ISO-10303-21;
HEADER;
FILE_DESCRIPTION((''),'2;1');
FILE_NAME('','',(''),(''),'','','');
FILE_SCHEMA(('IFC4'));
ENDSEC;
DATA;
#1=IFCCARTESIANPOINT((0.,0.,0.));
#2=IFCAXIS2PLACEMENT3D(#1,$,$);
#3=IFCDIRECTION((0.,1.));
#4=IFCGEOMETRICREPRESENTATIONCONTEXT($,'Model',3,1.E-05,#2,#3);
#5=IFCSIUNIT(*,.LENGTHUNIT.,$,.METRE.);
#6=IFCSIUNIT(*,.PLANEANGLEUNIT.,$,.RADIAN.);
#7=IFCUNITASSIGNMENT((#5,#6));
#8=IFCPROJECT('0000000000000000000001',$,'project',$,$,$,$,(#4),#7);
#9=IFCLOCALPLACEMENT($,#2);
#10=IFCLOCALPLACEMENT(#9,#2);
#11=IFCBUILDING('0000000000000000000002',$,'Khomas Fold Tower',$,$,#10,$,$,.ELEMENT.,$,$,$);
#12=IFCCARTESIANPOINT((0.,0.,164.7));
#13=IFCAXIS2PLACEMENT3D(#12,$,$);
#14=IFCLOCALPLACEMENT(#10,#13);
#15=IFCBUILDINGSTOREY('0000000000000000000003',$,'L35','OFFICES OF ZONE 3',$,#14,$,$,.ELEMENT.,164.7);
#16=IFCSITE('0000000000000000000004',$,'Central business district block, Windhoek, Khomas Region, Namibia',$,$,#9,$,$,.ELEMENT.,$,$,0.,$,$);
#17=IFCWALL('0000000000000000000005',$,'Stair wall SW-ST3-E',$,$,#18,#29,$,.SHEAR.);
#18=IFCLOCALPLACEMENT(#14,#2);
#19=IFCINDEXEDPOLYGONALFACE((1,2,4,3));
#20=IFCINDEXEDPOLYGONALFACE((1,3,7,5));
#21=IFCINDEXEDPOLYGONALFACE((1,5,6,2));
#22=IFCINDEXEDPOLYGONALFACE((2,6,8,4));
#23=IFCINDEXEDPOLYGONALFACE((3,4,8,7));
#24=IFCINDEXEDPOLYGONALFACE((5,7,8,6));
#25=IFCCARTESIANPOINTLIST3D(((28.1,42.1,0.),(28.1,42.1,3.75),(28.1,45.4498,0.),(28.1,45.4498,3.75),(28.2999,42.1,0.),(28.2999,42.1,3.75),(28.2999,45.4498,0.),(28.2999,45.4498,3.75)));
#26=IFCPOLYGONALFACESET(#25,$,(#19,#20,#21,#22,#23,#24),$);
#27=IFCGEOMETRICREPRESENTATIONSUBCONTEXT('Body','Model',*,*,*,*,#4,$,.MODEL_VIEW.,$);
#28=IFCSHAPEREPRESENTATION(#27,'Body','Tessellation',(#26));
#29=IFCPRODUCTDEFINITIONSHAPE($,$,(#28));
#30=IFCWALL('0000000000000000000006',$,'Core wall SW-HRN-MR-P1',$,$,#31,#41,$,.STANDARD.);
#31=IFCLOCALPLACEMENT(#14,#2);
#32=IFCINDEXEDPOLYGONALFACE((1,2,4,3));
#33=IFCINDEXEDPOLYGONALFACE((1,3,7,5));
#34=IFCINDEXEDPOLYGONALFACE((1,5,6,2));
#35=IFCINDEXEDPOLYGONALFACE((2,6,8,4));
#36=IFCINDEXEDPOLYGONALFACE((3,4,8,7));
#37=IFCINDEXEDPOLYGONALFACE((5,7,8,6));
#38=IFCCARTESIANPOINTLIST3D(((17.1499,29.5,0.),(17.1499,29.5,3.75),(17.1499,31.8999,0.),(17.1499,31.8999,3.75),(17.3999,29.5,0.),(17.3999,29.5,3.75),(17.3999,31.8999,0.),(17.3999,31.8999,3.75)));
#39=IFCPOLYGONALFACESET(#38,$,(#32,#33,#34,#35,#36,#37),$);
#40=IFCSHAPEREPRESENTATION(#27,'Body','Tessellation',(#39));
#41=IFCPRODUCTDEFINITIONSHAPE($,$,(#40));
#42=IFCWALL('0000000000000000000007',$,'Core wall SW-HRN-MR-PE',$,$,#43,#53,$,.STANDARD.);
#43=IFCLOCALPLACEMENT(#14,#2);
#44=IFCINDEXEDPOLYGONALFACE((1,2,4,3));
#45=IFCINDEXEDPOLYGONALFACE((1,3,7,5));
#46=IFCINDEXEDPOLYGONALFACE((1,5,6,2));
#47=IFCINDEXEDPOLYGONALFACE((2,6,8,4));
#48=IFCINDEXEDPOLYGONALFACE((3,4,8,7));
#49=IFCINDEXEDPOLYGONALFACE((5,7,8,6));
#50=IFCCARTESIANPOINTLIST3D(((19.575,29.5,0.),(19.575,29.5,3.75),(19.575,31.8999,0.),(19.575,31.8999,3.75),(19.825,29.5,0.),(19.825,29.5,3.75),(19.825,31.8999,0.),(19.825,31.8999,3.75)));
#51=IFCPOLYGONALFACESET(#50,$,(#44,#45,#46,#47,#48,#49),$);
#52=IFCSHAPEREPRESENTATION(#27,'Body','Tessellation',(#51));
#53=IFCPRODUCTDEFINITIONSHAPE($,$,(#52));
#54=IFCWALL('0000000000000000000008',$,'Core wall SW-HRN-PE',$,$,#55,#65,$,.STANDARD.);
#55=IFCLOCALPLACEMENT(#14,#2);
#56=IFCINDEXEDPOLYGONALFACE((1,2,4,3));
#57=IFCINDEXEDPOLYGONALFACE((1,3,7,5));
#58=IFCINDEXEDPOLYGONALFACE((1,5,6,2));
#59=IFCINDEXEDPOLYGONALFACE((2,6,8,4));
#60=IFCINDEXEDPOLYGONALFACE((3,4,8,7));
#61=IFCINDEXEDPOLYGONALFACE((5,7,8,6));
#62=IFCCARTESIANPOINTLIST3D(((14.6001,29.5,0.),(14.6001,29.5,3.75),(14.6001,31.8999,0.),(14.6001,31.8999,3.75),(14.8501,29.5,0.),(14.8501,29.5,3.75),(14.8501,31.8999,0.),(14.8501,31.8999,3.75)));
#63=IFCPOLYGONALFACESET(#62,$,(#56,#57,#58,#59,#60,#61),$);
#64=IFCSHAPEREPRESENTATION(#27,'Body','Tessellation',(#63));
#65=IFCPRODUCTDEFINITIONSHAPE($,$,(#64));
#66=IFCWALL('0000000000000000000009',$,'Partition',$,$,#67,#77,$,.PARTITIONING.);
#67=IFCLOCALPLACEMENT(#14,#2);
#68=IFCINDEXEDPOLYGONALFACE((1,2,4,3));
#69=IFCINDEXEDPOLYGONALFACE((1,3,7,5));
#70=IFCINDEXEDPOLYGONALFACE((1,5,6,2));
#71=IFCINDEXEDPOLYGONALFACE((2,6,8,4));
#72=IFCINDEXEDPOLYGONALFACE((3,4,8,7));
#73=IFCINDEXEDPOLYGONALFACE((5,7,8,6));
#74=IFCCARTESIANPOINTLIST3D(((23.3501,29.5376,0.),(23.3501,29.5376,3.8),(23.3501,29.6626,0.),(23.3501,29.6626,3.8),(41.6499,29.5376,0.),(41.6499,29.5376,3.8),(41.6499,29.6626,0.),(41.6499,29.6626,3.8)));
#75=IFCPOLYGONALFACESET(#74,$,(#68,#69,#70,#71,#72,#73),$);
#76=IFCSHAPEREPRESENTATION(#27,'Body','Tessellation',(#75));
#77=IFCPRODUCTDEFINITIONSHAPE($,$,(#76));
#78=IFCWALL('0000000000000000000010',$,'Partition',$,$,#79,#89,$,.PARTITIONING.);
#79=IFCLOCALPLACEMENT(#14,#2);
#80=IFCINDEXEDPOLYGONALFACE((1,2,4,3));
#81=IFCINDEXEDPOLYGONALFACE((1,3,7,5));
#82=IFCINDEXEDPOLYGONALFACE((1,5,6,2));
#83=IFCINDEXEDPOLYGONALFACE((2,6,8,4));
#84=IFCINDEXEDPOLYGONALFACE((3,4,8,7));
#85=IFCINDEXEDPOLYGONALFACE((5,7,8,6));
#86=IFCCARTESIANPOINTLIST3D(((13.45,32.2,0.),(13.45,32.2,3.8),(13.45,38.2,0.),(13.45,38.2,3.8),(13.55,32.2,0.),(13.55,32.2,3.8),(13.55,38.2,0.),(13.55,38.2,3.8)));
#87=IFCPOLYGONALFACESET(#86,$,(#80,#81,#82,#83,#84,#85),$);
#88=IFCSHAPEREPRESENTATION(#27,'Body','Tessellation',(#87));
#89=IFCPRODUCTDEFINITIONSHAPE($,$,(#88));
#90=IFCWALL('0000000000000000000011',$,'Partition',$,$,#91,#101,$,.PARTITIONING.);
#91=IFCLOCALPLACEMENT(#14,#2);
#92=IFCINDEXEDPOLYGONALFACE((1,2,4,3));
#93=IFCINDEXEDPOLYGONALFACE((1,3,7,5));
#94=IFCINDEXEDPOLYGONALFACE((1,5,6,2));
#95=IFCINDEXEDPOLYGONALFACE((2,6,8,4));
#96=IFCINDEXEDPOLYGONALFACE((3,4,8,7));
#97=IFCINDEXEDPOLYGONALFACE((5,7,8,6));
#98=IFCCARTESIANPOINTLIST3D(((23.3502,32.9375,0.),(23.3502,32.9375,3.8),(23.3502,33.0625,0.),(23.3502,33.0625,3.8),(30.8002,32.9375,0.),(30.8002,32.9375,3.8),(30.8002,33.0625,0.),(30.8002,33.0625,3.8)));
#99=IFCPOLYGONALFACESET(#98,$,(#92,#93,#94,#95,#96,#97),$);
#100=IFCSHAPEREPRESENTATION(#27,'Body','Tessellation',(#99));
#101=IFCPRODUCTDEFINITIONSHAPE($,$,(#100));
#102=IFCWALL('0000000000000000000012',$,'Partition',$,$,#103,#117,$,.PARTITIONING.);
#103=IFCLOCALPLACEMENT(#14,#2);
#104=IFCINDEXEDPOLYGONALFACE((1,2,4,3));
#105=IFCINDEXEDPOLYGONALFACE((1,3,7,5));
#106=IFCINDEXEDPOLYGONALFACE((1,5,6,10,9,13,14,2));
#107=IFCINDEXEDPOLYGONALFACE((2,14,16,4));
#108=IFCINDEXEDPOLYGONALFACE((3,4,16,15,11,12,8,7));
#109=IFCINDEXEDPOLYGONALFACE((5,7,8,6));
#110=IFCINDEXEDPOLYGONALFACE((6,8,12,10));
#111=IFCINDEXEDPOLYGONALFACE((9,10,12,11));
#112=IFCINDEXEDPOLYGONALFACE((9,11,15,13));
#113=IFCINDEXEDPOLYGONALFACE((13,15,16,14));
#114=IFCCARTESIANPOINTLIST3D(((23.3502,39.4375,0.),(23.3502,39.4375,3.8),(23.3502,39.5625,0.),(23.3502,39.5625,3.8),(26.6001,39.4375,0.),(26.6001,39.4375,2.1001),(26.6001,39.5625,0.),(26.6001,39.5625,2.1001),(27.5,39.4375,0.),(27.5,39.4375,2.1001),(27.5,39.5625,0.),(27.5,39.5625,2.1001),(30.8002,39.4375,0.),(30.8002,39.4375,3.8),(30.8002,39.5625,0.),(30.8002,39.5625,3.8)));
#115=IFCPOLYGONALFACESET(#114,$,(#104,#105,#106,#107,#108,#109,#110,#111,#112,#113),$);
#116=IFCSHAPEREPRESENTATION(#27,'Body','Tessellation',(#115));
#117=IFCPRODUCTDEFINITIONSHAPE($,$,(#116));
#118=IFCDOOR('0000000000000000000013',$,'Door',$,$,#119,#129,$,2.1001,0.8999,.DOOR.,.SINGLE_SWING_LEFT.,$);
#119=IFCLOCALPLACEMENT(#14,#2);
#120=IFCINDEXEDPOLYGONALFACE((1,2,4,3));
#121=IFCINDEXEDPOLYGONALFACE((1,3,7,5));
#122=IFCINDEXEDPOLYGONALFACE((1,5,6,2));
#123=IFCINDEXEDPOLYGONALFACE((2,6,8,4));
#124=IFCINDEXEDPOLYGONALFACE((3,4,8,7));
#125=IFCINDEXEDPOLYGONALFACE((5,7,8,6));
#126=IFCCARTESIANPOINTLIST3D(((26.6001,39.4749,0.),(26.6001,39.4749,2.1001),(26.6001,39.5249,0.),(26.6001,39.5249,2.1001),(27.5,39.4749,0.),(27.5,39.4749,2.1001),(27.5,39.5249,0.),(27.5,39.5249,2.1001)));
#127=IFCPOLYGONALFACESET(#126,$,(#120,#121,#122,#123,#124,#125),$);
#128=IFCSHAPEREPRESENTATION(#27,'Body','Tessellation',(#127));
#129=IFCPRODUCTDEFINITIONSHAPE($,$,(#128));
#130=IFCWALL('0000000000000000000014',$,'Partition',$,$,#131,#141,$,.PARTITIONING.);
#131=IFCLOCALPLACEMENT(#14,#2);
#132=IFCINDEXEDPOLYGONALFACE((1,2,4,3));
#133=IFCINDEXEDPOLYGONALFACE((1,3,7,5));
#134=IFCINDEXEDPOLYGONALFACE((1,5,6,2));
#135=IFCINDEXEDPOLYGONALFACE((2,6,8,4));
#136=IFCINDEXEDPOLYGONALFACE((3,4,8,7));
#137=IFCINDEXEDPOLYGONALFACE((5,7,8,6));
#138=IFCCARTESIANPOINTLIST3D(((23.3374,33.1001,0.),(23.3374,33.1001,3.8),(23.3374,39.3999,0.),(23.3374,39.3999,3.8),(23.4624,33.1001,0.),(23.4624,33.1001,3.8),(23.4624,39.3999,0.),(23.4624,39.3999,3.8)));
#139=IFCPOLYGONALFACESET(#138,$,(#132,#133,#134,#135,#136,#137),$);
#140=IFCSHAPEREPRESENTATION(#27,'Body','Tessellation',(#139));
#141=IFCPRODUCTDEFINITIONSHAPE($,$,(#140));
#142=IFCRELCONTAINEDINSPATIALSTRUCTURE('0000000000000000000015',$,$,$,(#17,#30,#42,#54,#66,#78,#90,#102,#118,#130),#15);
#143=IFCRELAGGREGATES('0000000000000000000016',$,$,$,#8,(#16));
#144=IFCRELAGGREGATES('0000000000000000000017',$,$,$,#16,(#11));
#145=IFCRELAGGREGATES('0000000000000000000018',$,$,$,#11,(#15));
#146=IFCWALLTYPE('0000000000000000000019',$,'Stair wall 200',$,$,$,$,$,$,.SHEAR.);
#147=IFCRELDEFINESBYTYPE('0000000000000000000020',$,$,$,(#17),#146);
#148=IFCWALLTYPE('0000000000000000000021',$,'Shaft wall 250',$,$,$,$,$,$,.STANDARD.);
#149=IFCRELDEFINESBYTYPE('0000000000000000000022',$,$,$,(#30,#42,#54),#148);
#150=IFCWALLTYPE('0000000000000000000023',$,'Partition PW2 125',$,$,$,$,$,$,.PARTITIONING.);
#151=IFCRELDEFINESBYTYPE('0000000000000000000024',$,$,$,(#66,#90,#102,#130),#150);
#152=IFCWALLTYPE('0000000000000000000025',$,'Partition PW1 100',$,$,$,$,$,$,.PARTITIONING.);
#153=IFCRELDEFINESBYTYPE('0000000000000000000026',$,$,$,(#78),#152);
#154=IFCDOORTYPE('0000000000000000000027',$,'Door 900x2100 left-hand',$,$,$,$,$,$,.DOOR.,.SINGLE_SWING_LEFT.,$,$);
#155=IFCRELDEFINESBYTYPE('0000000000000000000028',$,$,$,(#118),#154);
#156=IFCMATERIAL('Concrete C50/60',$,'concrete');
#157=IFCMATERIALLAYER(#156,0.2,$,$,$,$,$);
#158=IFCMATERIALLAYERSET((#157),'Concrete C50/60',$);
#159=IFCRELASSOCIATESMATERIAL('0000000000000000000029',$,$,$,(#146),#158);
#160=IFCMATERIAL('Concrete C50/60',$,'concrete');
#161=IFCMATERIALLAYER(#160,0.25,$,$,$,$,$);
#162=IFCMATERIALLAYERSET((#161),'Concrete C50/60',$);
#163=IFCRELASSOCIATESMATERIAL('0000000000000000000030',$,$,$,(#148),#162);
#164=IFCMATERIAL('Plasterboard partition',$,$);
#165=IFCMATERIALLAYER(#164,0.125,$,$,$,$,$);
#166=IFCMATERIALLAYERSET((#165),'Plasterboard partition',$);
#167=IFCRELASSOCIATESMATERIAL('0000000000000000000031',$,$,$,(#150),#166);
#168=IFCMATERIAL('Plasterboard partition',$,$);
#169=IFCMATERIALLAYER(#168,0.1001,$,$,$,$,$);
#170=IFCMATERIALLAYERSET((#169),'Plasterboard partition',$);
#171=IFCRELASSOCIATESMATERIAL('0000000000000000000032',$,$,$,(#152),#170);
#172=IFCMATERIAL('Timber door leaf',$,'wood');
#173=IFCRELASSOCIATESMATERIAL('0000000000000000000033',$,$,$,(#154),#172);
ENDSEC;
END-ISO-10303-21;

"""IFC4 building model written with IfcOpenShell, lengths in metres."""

from ifc_helpers import new_model, si_unit, direction, frame, frame_2d, origin, place, context, subcontext, project, spatial, rectangle, extrude, source, transform, mapped, material, layer, layer_set, type_object, element, fill, save


model = new_model("IFC4")

# Units and contexts
model_context = context("Model", 3, precision=1e-05, world=origin(), true_north=direction((0.0, 1.0)))
body_context = subcontext(model_context, "Body", "Model", "MODEL_VIEW")
ifc_project = project(units=[si_unit("LENGTHUNIT", "METRE"), si_unit("PLANEANGLEUNIT", "RADIAN")], contexts=[model_context])

# Site, building, storey
site_placement = place(None, origin())
site = spatial("IfcSite", under=ifc_project, at=site_placement, Name="Central business district block, Windhoek, Khomas Region, Namibia", CompositionType="ELEMENT", RefElevation=0.0)
building_placement = place(site_placement, origin())
building = spatial("IfcBuilding", under=site, at=building_placement, Name="Khomas Fold Tower", CompositionType="ELEMENT")
storey_placement = place(building_placement, frame((0.0, 0.0, 164.7)))
storey = spatial("IfcBuildingStorey", under=building, at=storey_placement, Name="L35", Description="OFFICES OF ZONE 3", CompositionType="ELEMENT", Elevation=164.7)

# Walls
ifc_material_1 = material(Name="Concrete C50/60", Category="concrete")
ifc_layer_1 = layer(ifc_material_1, 0.2)
ifc_layer_set_1 = layer_set([ifc_layer_1], Name="Concrete C50/60")
wall_type_1 = type_object("IfcWallType", Name="Stair wall 200", PredefinedType="SHEAR", material=ifc_layer_set_1)
shared_shape_1 = source(origin(), body_context, "Body", "SweptSolid", [
    extrude(rectangle(XDim=3.3499, YDim=0.2, at=frame_2d((1.6748, 0.0))), origin(), (0.0, 0.0, 1.0), 3.75),
])
for number, where, z_axis, x_axis, name in (
    (1, (28.2, 42.1001, 0.0), (0.0, 0.0, 1.0), (0.0, 1.0, 0.0), "Stair wall SW-ST3-E"),
):
    element("IfcWall", number, at=place(storey_placement, frame(where, z_axis=z_axis, x_axis=x_axis)), inside=storey, type_object=wall_type_1, Name=name, PredefinedType="SHEAR", context=body_context, shape_type="MappedRepresentation", body=[
        mapped(shared_shape_1, transform((0.0, 0.0, 0.0))),
    ])
ifc_material_2 = material(Name="Concrete C50/60", Category="concrete")
ifc_layer_2 = layer(ifc_material_2, 0.25)
ifc_layer_set_2 = layer_set([ifc_layer_2], Name="Concrete C50/60")
wall_type_2 = type_object("IfcWallType", Name="Shaft wall 250", PredefinedType="STANDARD", material=ifc_layer_set_2)
shared_shape_2 = source(origin(), body_context, "Body", "SweptSolid", [
    extrude(rectangle(XDim=2.3999, YDim=0.25, at=frame_2d((1.2, 0.0))), origin(), (0.0, 0.0, 1.0), 3.75),
])
for number, where, z_axis, x_axis, name in (
    (2, (17.2749, 29.5, 0.0), (0.0, 0.0, 1.0), (0.0, 1.0, 0.0), "Core wall SW-HRN-MR-P1"),
    (3, (19.7, 29.5, 0.0), (0.0, 0.0, 1.0), (0.0, 1.0, 0.0), "Core wall SW-HRN-MR-PE"),
    (4, (14.7251, 29.5, 0.0), (0.0, 0.0, 1.0), (0.0, 1.0, 0.0), "Core wall SW-HRN-PE"),
):
    element("IfcWall", number, at=place(storey_placement, frame(where, z_axis=z_axis, x_axis=x_axis)), inside=storey, type_object=wall_type_2, Name=name, PredefinedType="STANDARD", context=body_context, shape_type="MappedRepresentation", body=[
        mapped(shared_shape_2, transform((0.0, 0.0, 0.0))),
    ])
ifc_material_3 = material(Name="Plasterboard partition")
ifc_layer_3 = layer(ifc_material_3, 0.125)
ifc_layer_set_3 = layer_set([ifc_layer_3], Name="Plasterboard partition")
wall_type_3 = type_object("IfcWallType", Name="Partition PW2 125", PredefinedType="PARTITIONING", material=ifc_layer_set_3)
shared_shape_3 = source(origin(), body_context, "Body", "SweptSolid", [
    extrude(rectangle(XDim=18.2998, YDim=0.125, at=frame_2d((9.1499, 0.0))), origin(), (0.0, 0.0, 1.0), 3.8),
])
wall_1_placement = place(storey_placement, frame((23.3501, 29.6001, 0.0), z_axis=(0.0, 0.0, 1.0), x_axis=(1.0, 0.0, 0.0)))
element("IfcWall", 5, at=wall_1_placement, inside=storey, type_object=wall_type_3, Name="Partition", PredefinedType="PARTITIONING", context=body_context, shape_type="MappedRepresentation", body=[
    mapped(shared_shape_3, transform((0.0, 0.0, 0.0))),
])
ifc_material_4 = material(Name="Plasterboard partition")
ifc_layer_4 = layer(ifc_material_4, 0.1001)
ifc_layer_set_4 = layer_set([ifc_layer_4], Name="Plasterboard partition")
wall_type_4 = type_object("IfcWallType", Name="Partition PW1 100", PredefinedType="PARTITIONING", material=ifc_layer_set_4)
shared_shape_4 = source(origin(), body_context, "Body", "SweptSolid", [
    extrude(rectangle(XDim=6.0, YDim=0.1001, at=frame_2d((3.0, 0.0))), origin(), (0.0, 0.0, 1.0), 3.8),
])
wall_2_placement = place(storey_placement, frame((13.5, 32.2, 0.0), z_axis=(0.0, 0.0, 1.0), x_axis=(0.0, 1.0, 0.0)))
element("IfcWall", 6, at=wall_2_placement, inside=storey, type_object=wall_type_4, Name="Partition", PredefinedType="PARTITIONING", context=body_context, shape_type="MappedRepresentation", body=[
    mapped(shared_shape_4, transform((0.0, 0.0, 0.0))),
])
shared_shape_5 = source(origin(), body_context, "Body", "SweptSolid", [
    extrude(rectangle(XDim=7.45, YDim=0.125, at=frame_2d((3.7251, 0.0))), origin(), (0.0, 0.0, 1.0), 3.8),
])
wall_3_placement = place(storey_placement, frame((23.3501, 33.0, 0.0), z_axis=(0.0, 0.0, 1.0), x_axis=(1.0, 0.0, 0.0)))
element("IfcWall", 7, at=wall_3_placement, inside=storey, type_object=wall_type_3, Name="Partition", PredefinedType="PARTITIONING", context=body_context, shape_type="MappedRepresentation", body=[
    mapped(shared_shape_5, transform((0.0, 0.0, 0.0))),
])

# Wall, opening, door
wall_4_placement = place(storey_placement, frame((23.3501, 39.5, 0.0), z_axis=(0.0, 0.0, 1.0), x_axis=(1.0, 0.0, 0.0)))
wall_4 = element("IfcWall", 8, at=wall_4_placement, inside=storey, type_object=wall_type_3, Name="Partition", PredefinedType="PARTITIONING", context=body_context, shape_type="MappedRepresentation", body=[
    mapped(shared_shape_5, transform((0.0, 0.0, 0.0))),
])
shared_shape_6 = source(origin(), body_context, "Body", "SweptSolid", [
    extrude(rectangle(XDim=0.8999, YDim=2.1001, at=frame_2d((0.45, 1.05))), frame((0.0, 0.0725, 0.0), z_axis=(0.0, -1.0, 0.0), x_axis=(1.0, 0.0, 0.0)), (0.0, 0.0, 1.0), 0.145),
])
opening_placement = place(wall_4_placement, frame((3.25, 0.0, 0.0)))
opening = element("IfcOpeningElement", 9, at=opening_placement, cuts=wall_4, PredefinedType="OPENING", context=body_context, shape_type="MappedRepresentation", body=[
    mapped(shared_shape_6, transform((0.0, 0.0, 0.0))),
])
ifc_material_5 = material(Name="Timber door leaf", Category="wood")
door_type = type_object("IfcDoorType", Name="Door 900x2100 left-hand", OperationType="SINGLE_SWING_LEFT", PredefinedType="DOOR", material=ifc_material_5)
shared_shape_7 = source(origin(), body_context, "Body", "SweptSolid", [
    extrude(rectangle(XDim=0.8999, YDim=2.1001, at=frame_2d((0.45, 1.05))), frame((0.0, 0.0249, 0.0), z_axis=(0.0, -1.0, 0.0), x_axis=(1.0, 0.0, 0.0)), (0.0, 0.0, 1.0), 0.05),
])
door_placement = place(opening_placement, origin())
door = element("IfcDoor", 10, at=door_placement, inside=storey, type_object=door_type, Name="Door", OperationType="SINGLE_SWING_LEFT", OverallHeight=2.1001, OverallWidth=0.8999, PredefinedType="DOOR", context=body_context, shape_type="MappedRepresentation", body=[
    mapped(shared_shape_7, transform((0.0, 0.0, 0.0))),
])
fill(opening, door)

# Wall
shared_shape_8 = source(origin(), body_context, "Body", "SweptSolid", [
    extrude(rectangle(XDim=6.2998, YDim=0.125, at=frame_2d((3.1499, 0.0))), origin(), (0.0, 0.0, 1.0), 3.8),
])
wall_5_placement = place(storey_placement, frame((23.3999, 33.1001, 0.0), z_axis=(0.0, 0.0, 1.0), x_axis=(0.0, 1.0, 0.0)))
element("IfcWall", 11, at=wall_5_placement, inside=storey, type_object=wall_type_3, Name="Partition", PredefinedType="PARTITIONING", context=body_context, shape_type="MappedRepresentation", body=[
    mapped(shared_shape_8, transform((0.0, 0.0, 0.0))),
])

save(model, "model.ifc")
